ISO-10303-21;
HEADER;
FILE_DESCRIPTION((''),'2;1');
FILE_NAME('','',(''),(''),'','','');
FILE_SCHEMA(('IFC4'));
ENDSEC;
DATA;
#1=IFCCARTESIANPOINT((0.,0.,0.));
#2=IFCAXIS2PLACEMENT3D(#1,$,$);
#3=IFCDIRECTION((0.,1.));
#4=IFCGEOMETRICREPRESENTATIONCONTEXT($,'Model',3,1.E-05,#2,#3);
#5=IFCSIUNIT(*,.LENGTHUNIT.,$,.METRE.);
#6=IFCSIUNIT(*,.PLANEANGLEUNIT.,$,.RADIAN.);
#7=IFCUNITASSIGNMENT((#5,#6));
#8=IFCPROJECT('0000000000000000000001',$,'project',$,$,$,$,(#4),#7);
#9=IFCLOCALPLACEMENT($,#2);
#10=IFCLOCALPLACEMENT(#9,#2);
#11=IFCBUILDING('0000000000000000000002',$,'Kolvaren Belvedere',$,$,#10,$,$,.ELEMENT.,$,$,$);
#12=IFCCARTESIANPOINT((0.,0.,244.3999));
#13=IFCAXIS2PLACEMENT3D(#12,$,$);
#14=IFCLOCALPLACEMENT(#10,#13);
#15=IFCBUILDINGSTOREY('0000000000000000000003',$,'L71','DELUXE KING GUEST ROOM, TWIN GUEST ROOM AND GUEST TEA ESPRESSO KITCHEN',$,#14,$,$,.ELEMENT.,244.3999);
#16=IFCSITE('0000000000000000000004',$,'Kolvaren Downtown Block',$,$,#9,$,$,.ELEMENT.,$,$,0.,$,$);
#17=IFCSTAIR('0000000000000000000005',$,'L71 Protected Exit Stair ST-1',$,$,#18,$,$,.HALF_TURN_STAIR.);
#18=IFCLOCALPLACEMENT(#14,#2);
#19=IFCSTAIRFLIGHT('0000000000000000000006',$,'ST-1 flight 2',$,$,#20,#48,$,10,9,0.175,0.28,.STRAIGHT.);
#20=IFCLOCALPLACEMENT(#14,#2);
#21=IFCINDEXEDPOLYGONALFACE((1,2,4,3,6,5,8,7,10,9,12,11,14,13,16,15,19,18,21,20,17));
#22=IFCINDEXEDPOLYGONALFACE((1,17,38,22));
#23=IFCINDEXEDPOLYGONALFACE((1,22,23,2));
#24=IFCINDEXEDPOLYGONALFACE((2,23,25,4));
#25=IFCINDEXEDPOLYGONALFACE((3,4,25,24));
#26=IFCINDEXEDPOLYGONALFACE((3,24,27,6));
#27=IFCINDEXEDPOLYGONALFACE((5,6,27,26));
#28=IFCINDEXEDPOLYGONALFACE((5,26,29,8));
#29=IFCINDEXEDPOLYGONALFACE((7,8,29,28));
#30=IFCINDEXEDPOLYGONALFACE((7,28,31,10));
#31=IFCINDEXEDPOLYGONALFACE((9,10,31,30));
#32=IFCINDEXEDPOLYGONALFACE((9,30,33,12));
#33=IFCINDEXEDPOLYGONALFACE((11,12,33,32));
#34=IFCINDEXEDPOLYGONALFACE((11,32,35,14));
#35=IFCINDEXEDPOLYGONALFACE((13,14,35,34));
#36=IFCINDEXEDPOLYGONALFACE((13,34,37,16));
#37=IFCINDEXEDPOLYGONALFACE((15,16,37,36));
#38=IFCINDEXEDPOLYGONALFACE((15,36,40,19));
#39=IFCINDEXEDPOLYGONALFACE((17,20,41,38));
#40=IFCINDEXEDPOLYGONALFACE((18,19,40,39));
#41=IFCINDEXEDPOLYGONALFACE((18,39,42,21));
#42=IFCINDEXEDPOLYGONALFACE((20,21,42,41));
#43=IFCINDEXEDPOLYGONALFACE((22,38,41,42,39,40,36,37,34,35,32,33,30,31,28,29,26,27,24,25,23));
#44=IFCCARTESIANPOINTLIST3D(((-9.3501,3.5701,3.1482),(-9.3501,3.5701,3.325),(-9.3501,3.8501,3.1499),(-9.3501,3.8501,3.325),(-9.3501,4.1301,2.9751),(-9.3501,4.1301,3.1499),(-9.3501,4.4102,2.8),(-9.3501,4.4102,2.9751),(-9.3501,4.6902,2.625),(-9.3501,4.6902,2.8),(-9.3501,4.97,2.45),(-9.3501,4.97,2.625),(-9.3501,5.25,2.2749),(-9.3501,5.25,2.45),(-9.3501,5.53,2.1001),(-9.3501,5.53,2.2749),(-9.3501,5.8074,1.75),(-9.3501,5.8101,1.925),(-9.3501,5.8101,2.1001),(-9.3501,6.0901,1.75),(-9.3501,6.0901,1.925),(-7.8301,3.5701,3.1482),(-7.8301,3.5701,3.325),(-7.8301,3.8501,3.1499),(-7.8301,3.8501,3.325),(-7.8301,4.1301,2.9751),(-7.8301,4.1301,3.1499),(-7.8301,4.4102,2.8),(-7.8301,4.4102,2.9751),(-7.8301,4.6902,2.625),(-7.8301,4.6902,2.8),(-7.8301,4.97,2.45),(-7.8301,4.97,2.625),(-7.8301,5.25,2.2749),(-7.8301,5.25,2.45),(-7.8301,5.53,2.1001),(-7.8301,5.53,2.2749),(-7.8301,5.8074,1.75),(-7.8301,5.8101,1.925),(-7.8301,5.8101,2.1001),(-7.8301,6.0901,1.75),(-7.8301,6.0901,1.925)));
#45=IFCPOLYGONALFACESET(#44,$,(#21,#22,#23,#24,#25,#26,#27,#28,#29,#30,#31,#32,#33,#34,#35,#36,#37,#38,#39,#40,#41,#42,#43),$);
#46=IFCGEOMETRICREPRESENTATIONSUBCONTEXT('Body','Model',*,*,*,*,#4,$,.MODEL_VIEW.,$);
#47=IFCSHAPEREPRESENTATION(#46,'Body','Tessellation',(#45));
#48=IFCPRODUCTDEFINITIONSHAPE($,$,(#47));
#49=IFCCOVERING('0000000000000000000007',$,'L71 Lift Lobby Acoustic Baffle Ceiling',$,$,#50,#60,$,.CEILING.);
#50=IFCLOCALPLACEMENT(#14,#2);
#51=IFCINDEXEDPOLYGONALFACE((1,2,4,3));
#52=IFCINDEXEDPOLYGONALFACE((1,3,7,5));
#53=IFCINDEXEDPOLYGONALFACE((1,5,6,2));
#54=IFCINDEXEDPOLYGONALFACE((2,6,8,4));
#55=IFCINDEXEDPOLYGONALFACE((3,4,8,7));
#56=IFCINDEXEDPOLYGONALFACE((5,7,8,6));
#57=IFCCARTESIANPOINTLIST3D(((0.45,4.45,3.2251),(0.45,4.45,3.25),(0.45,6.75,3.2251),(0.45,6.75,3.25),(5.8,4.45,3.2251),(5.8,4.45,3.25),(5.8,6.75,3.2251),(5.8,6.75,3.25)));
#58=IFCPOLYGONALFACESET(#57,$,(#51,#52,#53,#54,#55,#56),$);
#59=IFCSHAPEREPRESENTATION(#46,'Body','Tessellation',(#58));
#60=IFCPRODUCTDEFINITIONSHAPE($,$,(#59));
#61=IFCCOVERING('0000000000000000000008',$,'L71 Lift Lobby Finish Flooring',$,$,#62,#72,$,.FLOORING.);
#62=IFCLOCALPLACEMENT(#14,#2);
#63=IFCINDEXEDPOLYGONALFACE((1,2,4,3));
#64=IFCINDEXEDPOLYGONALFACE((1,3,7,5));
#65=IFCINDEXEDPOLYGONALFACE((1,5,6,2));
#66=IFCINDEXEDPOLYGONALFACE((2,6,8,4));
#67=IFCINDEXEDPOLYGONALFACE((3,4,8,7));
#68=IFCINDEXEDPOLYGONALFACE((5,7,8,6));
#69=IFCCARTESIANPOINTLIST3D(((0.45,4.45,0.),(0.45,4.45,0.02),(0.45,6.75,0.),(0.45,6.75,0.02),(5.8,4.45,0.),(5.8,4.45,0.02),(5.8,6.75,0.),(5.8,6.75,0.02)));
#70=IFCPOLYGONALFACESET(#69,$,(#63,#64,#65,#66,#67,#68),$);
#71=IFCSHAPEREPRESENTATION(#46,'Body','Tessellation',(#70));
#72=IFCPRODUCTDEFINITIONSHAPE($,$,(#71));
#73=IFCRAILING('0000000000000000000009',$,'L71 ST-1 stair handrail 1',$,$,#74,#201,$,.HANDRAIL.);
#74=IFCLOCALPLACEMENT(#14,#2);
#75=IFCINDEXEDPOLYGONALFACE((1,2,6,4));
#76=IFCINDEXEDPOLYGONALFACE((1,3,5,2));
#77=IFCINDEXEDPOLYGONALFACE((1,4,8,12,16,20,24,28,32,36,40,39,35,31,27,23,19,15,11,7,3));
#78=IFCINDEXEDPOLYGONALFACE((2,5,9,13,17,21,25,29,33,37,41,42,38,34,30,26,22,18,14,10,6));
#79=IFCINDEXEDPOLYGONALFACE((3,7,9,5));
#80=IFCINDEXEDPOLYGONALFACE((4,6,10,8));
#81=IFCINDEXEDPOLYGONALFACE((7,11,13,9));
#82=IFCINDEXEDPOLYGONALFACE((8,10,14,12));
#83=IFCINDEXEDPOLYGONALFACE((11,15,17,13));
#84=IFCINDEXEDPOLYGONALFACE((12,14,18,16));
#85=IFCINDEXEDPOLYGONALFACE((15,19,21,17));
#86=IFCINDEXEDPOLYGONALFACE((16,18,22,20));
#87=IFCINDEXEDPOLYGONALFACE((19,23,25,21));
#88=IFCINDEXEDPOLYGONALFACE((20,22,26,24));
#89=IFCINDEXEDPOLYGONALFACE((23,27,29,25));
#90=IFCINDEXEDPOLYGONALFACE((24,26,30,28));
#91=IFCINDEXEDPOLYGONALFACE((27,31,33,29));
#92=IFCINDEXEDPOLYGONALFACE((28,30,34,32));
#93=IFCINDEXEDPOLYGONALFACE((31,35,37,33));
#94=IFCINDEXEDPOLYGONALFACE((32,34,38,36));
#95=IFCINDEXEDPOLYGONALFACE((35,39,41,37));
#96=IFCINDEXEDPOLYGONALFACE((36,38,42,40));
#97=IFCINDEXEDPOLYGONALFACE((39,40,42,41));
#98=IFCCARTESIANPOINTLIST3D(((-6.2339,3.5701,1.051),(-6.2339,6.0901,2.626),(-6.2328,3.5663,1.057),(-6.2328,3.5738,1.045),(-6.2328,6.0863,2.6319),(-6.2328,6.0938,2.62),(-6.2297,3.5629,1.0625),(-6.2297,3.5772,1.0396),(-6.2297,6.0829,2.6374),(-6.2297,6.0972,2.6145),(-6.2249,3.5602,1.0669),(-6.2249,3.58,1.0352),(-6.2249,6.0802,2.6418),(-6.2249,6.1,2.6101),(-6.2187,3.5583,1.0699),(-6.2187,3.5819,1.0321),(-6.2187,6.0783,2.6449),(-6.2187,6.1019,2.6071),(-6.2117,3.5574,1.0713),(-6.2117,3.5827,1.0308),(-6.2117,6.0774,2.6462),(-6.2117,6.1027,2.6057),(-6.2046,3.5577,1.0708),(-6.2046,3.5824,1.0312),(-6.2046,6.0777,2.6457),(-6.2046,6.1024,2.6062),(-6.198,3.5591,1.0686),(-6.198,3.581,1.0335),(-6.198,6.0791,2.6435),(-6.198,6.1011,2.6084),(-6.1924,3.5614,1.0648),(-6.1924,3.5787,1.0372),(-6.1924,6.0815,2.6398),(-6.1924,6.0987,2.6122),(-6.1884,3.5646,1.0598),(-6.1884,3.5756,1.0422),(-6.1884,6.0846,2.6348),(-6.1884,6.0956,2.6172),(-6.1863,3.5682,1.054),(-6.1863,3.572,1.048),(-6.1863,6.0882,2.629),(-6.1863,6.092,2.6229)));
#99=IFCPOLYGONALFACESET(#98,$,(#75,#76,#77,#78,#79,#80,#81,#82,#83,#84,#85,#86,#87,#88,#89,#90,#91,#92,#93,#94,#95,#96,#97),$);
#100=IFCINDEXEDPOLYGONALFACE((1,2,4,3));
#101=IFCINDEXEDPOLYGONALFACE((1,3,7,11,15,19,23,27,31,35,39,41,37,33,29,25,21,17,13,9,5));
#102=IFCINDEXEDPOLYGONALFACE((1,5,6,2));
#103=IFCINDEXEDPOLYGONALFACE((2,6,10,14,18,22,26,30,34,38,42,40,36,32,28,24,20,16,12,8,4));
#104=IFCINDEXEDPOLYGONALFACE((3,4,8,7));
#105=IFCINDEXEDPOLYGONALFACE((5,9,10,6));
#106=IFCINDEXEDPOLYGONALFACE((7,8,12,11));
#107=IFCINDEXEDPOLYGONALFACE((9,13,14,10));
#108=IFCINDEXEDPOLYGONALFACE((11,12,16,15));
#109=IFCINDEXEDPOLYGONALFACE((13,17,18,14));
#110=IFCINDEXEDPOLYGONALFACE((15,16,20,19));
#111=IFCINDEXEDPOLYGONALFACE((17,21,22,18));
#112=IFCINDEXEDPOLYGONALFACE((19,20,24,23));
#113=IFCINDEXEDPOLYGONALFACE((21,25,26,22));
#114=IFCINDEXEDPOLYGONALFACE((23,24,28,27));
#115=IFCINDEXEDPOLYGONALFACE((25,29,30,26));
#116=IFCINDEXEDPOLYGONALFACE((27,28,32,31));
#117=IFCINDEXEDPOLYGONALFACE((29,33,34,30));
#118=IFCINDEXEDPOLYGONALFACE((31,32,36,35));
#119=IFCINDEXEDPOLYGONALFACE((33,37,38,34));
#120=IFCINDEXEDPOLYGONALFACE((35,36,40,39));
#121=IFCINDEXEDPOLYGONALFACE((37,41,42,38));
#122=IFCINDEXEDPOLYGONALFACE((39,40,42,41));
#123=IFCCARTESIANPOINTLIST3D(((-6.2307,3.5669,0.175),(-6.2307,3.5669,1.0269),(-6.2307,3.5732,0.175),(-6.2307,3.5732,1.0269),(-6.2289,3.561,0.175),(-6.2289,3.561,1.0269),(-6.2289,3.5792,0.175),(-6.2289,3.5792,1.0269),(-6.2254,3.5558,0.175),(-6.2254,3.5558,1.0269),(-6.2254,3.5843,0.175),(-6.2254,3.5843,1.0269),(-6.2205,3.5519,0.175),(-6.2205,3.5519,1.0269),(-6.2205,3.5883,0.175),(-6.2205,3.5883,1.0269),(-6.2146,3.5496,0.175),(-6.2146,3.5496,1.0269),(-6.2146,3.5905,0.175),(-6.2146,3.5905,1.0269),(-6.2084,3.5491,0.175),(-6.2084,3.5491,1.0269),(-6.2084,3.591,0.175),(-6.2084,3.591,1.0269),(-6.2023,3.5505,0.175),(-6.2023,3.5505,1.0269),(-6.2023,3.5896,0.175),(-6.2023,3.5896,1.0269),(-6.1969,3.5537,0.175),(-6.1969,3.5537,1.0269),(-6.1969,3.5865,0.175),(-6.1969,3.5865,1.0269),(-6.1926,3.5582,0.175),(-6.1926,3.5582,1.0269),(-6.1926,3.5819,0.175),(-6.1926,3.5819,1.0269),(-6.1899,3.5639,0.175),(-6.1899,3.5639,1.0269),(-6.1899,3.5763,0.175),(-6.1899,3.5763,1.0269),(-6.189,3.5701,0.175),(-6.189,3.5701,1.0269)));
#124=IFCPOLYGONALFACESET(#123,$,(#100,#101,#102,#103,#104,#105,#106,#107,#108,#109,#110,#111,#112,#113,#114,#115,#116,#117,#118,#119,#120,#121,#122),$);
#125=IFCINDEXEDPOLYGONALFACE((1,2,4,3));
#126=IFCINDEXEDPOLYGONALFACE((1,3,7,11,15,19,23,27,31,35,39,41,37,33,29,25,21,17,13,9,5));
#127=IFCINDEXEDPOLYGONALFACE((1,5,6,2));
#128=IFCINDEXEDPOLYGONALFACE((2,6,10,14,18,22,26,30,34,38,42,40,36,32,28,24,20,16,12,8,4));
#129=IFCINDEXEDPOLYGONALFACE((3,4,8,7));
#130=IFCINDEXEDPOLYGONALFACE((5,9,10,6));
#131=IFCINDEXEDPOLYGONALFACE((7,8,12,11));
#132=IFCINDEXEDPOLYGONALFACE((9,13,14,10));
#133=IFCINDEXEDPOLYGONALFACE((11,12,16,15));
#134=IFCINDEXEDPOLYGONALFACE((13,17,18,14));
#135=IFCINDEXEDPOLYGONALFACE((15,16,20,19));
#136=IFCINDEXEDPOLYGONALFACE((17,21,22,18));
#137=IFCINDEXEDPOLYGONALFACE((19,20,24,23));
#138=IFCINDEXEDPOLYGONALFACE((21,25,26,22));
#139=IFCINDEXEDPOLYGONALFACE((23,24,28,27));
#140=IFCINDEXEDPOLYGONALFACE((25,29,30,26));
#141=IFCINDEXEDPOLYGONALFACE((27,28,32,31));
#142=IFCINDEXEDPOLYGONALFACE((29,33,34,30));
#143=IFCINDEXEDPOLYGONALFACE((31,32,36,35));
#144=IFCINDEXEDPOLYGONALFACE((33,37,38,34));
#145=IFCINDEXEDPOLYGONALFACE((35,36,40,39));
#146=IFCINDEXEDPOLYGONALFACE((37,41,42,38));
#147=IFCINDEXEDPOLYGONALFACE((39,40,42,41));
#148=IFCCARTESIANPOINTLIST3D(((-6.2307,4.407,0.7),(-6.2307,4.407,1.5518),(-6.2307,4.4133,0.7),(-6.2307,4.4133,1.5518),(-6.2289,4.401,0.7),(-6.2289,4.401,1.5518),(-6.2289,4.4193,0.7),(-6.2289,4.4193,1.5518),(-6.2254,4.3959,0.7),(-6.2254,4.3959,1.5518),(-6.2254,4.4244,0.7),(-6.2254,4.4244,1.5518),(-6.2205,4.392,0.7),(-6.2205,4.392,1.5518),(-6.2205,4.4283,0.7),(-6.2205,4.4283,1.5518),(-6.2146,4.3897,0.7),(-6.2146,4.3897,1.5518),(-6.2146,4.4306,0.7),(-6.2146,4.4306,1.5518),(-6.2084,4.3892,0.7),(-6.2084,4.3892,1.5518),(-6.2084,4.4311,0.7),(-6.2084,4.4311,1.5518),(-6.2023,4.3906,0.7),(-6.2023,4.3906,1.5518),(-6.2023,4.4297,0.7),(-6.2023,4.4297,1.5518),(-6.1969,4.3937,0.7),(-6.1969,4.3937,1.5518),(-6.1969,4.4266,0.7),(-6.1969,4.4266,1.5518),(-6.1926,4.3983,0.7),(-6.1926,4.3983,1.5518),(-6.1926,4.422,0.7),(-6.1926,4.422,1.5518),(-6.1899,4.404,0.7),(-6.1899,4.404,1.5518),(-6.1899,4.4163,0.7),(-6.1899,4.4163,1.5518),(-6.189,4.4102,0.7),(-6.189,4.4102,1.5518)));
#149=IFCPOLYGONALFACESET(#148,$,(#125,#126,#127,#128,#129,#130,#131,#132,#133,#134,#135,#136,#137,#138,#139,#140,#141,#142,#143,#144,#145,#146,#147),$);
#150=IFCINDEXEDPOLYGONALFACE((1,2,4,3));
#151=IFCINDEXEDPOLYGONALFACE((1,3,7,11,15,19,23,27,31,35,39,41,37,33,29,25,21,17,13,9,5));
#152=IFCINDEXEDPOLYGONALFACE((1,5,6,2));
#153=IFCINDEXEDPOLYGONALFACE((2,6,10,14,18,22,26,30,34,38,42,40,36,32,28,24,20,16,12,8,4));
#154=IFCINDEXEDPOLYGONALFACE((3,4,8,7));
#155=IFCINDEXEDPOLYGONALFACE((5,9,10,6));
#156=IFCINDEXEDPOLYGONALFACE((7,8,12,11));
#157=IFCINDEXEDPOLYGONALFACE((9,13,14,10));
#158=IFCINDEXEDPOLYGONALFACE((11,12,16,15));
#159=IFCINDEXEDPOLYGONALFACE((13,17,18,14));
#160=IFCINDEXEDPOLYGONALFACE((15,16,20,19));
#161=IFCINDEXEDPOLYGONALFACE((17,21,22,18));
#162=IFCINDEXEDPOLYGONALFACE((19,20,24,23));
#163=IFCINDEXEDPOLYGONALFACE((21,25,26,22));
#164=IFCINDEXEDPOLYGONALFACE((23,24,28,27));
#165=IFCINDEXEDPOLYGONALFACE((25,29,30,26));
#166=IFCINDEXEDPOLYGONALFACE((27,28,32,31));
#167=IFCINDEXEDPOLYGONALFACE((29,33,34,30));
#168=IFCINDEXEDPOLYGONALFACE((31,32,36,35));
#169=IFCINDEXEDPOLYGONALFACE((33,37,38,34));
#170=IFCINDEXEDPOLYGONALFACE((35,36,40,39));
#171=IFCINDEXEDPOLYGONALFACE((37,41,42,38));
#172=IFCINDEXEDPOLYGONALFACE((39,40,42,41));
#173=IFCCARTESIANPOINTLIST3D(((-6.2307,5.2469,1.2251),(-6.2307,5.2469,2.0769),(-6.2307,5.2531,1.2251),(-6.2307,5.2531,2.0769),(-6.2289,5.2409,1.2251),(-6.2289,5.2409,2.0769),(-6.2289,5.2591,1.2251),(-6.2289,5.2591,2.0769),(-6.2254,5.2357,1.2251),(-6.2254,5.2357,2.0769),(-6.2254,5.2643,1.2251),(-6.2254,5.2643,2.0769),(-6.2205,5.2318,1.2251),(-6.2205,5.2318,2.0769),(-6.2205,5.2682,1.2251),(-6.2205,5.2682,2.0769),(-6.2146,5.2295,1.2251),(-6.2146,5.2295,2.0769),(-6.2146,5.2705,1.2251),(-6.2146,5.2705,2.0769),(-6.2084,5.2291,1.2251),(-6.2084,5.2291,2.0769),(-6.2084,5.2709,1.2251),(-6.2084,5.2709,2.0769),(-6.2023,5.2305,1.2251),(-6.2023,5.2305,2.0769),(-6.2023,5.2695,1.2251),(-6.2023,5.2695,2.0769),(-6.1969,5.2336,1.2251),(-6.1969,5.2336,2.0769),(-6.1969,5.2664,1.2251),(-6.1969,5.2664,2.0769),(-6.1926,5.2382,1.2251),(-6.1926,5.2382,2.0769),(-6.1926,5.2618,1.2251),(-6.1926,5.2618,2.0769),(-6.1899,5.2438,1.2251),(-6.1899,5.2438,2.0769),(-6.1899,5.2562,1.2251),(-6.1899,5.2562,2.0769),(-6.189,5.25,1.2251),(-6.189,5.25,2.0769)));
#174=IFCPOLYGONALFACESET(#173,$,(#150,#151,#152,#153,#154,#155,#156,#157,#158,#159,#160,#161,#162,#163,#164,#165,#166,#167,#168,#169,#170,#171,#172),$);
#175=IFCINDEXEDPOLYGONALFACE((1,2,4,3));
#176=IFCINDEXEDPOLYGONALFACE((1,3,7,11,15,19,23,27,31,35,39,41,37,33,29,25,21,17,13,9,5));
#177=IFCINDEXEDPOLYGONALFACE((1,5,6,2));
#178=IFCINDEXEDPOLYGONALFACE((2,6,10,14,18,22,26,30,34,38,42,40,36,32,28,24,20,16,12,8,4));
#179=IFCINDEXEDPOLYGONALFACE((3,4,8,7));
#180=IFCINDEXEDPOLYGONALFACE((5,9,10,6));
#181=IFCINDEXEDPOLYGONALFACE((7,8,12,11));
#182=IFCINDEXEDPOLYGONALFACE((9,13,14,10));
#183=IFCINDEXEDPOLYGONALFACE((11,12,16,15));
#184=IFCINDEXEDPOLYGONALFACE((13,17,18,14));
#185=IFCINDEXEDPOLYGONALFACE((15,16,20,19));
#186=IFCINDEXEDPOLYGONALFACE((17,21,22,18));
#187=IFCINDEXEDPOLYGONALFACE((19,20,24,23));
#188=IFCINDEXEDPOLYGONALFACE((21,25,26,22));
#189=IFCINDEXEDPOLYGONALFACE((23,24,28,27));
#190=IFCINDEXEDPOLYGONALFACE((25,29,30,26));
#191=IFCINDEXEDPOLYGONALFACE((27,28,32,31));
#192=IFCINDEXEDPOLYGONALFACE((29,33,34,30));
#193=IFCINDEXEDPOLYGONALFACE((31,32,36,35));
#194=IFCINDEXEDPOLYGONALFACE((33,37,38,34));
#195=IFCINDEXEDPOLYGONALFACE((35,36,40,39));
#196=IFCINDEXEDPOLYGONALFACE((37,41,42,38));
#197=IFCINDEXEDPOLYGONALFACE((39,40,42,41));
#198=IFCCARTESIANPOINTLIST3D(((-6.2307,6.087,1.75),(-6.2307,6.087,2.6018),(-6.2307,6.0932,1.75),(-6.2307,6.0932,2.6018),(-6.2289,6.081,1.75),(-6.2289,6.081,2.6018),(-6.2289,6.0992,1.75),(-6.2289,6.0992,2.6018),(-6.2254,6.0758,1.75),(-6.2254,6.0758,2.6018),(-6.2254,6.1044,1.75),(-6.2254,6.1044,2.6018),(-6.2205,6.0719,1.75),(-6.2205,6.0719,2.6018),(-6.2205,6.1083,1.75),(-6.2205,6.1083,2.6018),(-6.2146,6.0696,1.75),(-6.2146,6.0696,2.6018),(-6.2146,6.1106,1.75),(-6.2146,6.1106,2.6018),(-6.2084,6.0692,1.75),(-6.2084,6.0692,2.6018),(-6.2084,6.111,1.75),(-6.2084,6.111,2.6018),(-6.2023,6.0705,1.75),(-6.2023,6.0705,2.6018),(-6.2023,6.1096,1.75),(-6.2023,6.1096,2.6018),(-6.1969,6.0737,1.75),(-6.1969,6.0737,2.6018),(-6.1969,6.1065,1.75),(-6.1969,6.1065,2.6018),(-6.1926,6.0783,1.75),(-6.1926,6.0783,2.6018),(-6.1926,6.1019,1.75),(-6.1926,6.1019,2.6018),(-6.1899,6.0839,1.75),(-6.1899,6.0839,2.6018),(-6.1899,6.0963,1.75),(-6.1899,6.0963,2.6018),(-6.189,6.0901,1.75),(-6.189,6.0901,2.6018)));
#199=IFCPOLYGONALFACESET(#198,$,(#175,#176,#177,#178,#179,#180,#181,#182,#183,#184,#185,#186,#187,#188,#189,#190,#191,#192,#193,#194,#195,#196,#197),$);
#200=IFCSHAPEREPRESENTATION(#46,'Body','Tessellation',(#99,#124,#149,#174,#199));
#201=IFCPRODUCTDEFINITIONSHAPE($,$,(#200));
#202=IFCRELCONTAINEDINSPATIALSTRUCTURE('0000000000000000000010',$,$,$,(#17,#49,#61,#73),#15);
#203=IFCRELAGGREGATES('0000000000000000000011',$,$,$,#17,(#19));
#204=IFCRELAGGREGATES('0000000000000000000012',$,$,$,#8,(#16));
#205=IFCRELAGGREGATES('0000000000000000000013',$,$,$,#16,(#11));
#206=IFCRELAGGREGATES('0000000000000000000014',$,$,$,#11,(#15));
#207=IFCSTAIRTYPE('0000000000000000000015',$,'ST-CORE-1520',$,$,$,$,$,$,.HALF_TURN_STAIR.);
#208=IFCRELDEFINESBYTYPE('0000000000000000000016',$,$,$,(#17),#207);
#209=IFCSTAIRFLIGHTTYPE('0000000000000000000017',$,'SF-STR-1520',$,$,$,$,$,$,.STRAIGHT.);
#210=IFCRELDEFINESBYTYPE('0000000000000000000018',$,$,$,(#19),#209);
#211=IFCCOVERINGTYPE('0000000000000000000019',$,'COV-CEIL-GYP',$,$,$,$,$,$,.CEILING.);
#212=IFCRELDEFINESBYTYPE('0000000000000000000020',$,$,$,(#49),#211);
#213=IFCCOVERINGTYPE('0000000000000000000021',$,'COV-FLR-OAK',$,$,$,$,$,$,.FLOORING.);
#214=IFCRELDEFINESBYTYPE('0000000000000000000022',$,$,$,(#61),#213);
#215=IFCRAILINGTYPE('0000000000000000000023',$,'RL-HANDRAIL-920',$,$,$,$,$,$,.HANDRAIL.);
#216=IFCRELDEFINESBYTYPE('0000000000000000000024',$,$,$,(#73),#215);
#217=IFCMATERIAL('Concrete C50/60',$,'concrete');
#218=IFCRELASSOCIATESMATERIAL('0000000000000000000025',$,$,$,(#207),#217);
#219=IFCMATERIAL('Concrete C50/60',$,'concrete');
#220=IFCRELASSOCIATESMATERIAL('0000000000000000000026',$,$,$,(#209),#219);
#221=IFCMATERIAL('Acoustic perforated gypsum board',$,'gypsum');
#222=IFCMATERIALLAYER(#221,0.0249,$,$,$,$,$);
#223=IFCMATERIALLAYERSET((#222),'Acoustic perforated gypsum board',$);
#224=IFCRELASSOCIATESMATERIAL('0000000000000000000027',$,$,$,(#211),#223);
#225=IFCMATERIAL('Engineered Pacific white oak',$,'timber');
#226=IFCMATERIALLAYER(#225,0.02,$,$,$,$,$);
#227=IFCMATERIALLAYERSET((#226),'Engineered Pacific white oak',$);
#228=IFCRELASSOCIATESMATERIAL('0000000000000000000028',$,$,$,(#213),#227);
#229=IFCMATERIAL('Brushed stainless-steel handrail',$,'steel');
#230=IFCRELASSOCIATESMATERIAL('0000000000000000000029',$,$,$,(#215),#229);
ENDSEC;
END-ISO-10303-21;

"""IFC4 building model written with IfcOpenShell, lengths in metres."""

from ifc_helpers import new_model, si_unit, direction, frame, origin, origin_2d, place, context, subcontext, project, spatial, polyline, circle, outline, extrude, material, layer, layer_set, type_object, element, aggregate, save


model = new_model("IFC4")

# Units and contexts
model_context = context("Model", 3, precision=1e-05, world=origin(), true_north=direction((0.0, 1.0)))
body_context = subcontext(model_context, "Body", "Model", "MODEL_VIEW")
ifc_project = project(units=[si_unit("LENGTHUNIT", "METRE"), si_unit("PLANEANGLEUNIT", "RADIAN")], contexts=[model_context])

# Site, building, storey
site_placement = place(None, origin())
site = spatial("IfcSite", under=ifc_project, at=site_placement, Name="Kolvaren Downtown Block", CompositionType="ELEMENT", RefElevation=0.0)
building_placement = place(site_placement, origin())
building = spatial("IfcBuilding", under=site, at=building_placement, Name="Kolvaren Belvedere", CompositionType="ELEMENT")
storey_placement = place(building_placement, frame((0.0, 0.0, 244.3999)))
storey = spatial("IfcBuildingStorey", under=building, at=storey_placement, Name="L71", Description="DELUXE KING GUEST ROOM, TWIN GUEST ROOM AND GUEST TEA ESPRESSO KITCHEN", CompositionType="ELEMENT", Elevation=244.3999)

# Shared definitions
ifc_material_1 = material(Name="Concrete C50/60", Category="concrete")
stair_type = type_object("IfcStairType", Name="ST-CORE-1520", PredefinedType="HALF_TURN_STAIR", material=ifc_material_1)

# Stair, stair flight
stair_1_placement = place(storey_placement, origin())
stair_1 = element("IfcStair", 1, at=stair_1_placement, inside=storey, type_object=stair_type, Name="L71 Protected Exit Stair ST-1", PredefinedType="HALF_TURN_STAIR")
ifc_material_2 = material(Name="Concrete C50/60", Category="concrete")
stair_flight_type = type_object("IfcStairFlightType", Name="SF-STR-1520", PredefinedType="STRAIGHT", material=ifc_material_2)
stair_flight_1_placement = place(storey_placement, frame((-8.5901, 6.0901, 1.75), z_axis=(0.0, 0.0, 1.0), x_axis=(0.0, -1.0, 0.0)))
stair_flight_1 = element("IfcStairFlight", 2, at=stair_flight_1_placement, type_object=stair_flight_type, Name="ST-1 flight 2", NumberOfRisers=10, NumberOfTreads=9, PredefinedType="STRAIGHT", RiserHeight=0.175, TreadLength=0.28, context=body_context, shape_type="SweptSolid", body=[
    extrude(outline(polyline([(0.0, 0.0), (0.0, 0.175), (0.28, 0.175), (0.28, 0.3501), (0.5601, 0.3501), (0.5601, 0.5249), (0.8401, 0.5249), (0.8401, 0.7), (1.1201, 0.7), (1.1201, 0.875), (1.3999, 0.875), (1.3999, 1.05), (1.6799, 1.05), (1.6799, 1.2251), (1.96, 1.2251), (1.96, 1.3999), (2.24, 1.3999), (2.24, 1.575), (2.52, 1.575), (2.52, 1.75), (2.52, 1.3982), (0.2827, 0.0), (0.0, 0.0)])), frame((0.0, 0.76, 0.0), z_axis=(0.0, -1.0, 0.0), x_axis=(1.0, 0.0, 0.0)), (0.0, 0.0, 1.0), 1.52),
])
aggregate(stair_1, [stair_flight_1])

# Coverings
ifc_material_3 = material(Name="Acoustic perforated gypsum board", Category="gypsum")
ifc_layer_1 = layer(ifc_material_3, 0.0249)
ifc_layer_set_1 = layer_set([ifc_layer_1], Name="Acoustic perforated gypsum board")
covering_type_1 = type_object("IfcCoveringType", Name="COV-CEIL-GYP", PredefinedType="CEILING", material=ifc_layer_set_1)
covering_1_placement = place(storey_placement, frame((0.0, 0.0, 3.2251)))
element("IfcCovering", 3, at=covering_1_placement, inside=storey, type_object=covering_type_1, Name="L71 Lift Lobby Acoustic Baffle Ceiling", PredefinedType="CEILING", context=body_context, shape_type="SweptSolid", body=[
    extrude(outline(polyline([(0.45, 4.45), (5.8, 4.45), (5.8, 6.75), (0.45, 6.75), (0.45, 4.45)])), origin(), (0.0, 0.0, 1.0), 0.0249),
])
ifc_material_4 = material(Name="Engineered Pacific white oak", Category="timber")
ifc_layer_2 = layer(ifc_material_4, 0.02)
ifc_layer_set_2 = layer_set([ifc_layer_2], Name="Engineered Pacific white oak")
covering_type_2 = type_object("IfcCoveringType", Name="COV-FLR-OAK", PredefinedType="FLOORING", material=ifc_layer_set_2)
covering_2_placement = place(storey_placement, origin())
element("IfcCovering", 4, at=covering_2_placement, inside=storey, type_object=covering_type_2, Name="L71 Lift Lobby Finish Flooring", PredefinedType="FLOORING", context=body_context, shape_type="SweptSolid", body=[
    extrude(outline(polyline([(0.45, 4.45), (5.8, 4.45), (5.8, 6.75), (0.45, 6.75), (0.45, 4.45)])), origin(), (0.0, 0.0, 1.0), 0.02),
])

# Railing
ifc_material_5 = material(Name="Brushed stainless-steel handrail", Category="steel")
railing_type_1 = type_object("IfcRailingType", Name="RL-HANDRAIL-920", PredefinedType="HANDRAIL", material=ifc_material_5)
railing_1_placement = place(storey_placement, frame((-6.21, 3.5701, 0.175)))
element("IfcRailing", 5, at=railing_1_placement, inside=storey, type_object=railing_type_1, Name="L71 ST-1 stair handrail 1", PredefinedType="HANDRAIL", context=body_context, shape_type="SweptSolid", body=[
    extrude(circle(Radius=0.0239, at=origin_2d()), frame((0.0, 0.0, 0.876), z_axis=(0.0, 0.848008, 0.529984), x_axis=(-1.0, 0.0, 0.0)), (0.0, 0.0, 1.0), 2.9717),
    extrude(circle(Radius=0.021, at=origin_2d()), origin(), (0.0, 0.0, 1.0), 0.8518),
    extrude(circle(Radius=0.021, at=origin_2d()), frame((0.0, 0.8401, 0.5249)), (0.0, 0.0, 1.0), 0.8518),
    extrude(circle(Radius=0.021, at=origin_2d()), frame((0.0, 1.6799, 1.05)), (0.0, 0.0, 1.0), 0.8518),
    extrude(circle(Radius=0.021, at=origin_2d()), frame((0.0, 2.52, 1.575)), (0.0, 0.0, 1.0), 0.8518),
])

save(model, "model.ifc")
